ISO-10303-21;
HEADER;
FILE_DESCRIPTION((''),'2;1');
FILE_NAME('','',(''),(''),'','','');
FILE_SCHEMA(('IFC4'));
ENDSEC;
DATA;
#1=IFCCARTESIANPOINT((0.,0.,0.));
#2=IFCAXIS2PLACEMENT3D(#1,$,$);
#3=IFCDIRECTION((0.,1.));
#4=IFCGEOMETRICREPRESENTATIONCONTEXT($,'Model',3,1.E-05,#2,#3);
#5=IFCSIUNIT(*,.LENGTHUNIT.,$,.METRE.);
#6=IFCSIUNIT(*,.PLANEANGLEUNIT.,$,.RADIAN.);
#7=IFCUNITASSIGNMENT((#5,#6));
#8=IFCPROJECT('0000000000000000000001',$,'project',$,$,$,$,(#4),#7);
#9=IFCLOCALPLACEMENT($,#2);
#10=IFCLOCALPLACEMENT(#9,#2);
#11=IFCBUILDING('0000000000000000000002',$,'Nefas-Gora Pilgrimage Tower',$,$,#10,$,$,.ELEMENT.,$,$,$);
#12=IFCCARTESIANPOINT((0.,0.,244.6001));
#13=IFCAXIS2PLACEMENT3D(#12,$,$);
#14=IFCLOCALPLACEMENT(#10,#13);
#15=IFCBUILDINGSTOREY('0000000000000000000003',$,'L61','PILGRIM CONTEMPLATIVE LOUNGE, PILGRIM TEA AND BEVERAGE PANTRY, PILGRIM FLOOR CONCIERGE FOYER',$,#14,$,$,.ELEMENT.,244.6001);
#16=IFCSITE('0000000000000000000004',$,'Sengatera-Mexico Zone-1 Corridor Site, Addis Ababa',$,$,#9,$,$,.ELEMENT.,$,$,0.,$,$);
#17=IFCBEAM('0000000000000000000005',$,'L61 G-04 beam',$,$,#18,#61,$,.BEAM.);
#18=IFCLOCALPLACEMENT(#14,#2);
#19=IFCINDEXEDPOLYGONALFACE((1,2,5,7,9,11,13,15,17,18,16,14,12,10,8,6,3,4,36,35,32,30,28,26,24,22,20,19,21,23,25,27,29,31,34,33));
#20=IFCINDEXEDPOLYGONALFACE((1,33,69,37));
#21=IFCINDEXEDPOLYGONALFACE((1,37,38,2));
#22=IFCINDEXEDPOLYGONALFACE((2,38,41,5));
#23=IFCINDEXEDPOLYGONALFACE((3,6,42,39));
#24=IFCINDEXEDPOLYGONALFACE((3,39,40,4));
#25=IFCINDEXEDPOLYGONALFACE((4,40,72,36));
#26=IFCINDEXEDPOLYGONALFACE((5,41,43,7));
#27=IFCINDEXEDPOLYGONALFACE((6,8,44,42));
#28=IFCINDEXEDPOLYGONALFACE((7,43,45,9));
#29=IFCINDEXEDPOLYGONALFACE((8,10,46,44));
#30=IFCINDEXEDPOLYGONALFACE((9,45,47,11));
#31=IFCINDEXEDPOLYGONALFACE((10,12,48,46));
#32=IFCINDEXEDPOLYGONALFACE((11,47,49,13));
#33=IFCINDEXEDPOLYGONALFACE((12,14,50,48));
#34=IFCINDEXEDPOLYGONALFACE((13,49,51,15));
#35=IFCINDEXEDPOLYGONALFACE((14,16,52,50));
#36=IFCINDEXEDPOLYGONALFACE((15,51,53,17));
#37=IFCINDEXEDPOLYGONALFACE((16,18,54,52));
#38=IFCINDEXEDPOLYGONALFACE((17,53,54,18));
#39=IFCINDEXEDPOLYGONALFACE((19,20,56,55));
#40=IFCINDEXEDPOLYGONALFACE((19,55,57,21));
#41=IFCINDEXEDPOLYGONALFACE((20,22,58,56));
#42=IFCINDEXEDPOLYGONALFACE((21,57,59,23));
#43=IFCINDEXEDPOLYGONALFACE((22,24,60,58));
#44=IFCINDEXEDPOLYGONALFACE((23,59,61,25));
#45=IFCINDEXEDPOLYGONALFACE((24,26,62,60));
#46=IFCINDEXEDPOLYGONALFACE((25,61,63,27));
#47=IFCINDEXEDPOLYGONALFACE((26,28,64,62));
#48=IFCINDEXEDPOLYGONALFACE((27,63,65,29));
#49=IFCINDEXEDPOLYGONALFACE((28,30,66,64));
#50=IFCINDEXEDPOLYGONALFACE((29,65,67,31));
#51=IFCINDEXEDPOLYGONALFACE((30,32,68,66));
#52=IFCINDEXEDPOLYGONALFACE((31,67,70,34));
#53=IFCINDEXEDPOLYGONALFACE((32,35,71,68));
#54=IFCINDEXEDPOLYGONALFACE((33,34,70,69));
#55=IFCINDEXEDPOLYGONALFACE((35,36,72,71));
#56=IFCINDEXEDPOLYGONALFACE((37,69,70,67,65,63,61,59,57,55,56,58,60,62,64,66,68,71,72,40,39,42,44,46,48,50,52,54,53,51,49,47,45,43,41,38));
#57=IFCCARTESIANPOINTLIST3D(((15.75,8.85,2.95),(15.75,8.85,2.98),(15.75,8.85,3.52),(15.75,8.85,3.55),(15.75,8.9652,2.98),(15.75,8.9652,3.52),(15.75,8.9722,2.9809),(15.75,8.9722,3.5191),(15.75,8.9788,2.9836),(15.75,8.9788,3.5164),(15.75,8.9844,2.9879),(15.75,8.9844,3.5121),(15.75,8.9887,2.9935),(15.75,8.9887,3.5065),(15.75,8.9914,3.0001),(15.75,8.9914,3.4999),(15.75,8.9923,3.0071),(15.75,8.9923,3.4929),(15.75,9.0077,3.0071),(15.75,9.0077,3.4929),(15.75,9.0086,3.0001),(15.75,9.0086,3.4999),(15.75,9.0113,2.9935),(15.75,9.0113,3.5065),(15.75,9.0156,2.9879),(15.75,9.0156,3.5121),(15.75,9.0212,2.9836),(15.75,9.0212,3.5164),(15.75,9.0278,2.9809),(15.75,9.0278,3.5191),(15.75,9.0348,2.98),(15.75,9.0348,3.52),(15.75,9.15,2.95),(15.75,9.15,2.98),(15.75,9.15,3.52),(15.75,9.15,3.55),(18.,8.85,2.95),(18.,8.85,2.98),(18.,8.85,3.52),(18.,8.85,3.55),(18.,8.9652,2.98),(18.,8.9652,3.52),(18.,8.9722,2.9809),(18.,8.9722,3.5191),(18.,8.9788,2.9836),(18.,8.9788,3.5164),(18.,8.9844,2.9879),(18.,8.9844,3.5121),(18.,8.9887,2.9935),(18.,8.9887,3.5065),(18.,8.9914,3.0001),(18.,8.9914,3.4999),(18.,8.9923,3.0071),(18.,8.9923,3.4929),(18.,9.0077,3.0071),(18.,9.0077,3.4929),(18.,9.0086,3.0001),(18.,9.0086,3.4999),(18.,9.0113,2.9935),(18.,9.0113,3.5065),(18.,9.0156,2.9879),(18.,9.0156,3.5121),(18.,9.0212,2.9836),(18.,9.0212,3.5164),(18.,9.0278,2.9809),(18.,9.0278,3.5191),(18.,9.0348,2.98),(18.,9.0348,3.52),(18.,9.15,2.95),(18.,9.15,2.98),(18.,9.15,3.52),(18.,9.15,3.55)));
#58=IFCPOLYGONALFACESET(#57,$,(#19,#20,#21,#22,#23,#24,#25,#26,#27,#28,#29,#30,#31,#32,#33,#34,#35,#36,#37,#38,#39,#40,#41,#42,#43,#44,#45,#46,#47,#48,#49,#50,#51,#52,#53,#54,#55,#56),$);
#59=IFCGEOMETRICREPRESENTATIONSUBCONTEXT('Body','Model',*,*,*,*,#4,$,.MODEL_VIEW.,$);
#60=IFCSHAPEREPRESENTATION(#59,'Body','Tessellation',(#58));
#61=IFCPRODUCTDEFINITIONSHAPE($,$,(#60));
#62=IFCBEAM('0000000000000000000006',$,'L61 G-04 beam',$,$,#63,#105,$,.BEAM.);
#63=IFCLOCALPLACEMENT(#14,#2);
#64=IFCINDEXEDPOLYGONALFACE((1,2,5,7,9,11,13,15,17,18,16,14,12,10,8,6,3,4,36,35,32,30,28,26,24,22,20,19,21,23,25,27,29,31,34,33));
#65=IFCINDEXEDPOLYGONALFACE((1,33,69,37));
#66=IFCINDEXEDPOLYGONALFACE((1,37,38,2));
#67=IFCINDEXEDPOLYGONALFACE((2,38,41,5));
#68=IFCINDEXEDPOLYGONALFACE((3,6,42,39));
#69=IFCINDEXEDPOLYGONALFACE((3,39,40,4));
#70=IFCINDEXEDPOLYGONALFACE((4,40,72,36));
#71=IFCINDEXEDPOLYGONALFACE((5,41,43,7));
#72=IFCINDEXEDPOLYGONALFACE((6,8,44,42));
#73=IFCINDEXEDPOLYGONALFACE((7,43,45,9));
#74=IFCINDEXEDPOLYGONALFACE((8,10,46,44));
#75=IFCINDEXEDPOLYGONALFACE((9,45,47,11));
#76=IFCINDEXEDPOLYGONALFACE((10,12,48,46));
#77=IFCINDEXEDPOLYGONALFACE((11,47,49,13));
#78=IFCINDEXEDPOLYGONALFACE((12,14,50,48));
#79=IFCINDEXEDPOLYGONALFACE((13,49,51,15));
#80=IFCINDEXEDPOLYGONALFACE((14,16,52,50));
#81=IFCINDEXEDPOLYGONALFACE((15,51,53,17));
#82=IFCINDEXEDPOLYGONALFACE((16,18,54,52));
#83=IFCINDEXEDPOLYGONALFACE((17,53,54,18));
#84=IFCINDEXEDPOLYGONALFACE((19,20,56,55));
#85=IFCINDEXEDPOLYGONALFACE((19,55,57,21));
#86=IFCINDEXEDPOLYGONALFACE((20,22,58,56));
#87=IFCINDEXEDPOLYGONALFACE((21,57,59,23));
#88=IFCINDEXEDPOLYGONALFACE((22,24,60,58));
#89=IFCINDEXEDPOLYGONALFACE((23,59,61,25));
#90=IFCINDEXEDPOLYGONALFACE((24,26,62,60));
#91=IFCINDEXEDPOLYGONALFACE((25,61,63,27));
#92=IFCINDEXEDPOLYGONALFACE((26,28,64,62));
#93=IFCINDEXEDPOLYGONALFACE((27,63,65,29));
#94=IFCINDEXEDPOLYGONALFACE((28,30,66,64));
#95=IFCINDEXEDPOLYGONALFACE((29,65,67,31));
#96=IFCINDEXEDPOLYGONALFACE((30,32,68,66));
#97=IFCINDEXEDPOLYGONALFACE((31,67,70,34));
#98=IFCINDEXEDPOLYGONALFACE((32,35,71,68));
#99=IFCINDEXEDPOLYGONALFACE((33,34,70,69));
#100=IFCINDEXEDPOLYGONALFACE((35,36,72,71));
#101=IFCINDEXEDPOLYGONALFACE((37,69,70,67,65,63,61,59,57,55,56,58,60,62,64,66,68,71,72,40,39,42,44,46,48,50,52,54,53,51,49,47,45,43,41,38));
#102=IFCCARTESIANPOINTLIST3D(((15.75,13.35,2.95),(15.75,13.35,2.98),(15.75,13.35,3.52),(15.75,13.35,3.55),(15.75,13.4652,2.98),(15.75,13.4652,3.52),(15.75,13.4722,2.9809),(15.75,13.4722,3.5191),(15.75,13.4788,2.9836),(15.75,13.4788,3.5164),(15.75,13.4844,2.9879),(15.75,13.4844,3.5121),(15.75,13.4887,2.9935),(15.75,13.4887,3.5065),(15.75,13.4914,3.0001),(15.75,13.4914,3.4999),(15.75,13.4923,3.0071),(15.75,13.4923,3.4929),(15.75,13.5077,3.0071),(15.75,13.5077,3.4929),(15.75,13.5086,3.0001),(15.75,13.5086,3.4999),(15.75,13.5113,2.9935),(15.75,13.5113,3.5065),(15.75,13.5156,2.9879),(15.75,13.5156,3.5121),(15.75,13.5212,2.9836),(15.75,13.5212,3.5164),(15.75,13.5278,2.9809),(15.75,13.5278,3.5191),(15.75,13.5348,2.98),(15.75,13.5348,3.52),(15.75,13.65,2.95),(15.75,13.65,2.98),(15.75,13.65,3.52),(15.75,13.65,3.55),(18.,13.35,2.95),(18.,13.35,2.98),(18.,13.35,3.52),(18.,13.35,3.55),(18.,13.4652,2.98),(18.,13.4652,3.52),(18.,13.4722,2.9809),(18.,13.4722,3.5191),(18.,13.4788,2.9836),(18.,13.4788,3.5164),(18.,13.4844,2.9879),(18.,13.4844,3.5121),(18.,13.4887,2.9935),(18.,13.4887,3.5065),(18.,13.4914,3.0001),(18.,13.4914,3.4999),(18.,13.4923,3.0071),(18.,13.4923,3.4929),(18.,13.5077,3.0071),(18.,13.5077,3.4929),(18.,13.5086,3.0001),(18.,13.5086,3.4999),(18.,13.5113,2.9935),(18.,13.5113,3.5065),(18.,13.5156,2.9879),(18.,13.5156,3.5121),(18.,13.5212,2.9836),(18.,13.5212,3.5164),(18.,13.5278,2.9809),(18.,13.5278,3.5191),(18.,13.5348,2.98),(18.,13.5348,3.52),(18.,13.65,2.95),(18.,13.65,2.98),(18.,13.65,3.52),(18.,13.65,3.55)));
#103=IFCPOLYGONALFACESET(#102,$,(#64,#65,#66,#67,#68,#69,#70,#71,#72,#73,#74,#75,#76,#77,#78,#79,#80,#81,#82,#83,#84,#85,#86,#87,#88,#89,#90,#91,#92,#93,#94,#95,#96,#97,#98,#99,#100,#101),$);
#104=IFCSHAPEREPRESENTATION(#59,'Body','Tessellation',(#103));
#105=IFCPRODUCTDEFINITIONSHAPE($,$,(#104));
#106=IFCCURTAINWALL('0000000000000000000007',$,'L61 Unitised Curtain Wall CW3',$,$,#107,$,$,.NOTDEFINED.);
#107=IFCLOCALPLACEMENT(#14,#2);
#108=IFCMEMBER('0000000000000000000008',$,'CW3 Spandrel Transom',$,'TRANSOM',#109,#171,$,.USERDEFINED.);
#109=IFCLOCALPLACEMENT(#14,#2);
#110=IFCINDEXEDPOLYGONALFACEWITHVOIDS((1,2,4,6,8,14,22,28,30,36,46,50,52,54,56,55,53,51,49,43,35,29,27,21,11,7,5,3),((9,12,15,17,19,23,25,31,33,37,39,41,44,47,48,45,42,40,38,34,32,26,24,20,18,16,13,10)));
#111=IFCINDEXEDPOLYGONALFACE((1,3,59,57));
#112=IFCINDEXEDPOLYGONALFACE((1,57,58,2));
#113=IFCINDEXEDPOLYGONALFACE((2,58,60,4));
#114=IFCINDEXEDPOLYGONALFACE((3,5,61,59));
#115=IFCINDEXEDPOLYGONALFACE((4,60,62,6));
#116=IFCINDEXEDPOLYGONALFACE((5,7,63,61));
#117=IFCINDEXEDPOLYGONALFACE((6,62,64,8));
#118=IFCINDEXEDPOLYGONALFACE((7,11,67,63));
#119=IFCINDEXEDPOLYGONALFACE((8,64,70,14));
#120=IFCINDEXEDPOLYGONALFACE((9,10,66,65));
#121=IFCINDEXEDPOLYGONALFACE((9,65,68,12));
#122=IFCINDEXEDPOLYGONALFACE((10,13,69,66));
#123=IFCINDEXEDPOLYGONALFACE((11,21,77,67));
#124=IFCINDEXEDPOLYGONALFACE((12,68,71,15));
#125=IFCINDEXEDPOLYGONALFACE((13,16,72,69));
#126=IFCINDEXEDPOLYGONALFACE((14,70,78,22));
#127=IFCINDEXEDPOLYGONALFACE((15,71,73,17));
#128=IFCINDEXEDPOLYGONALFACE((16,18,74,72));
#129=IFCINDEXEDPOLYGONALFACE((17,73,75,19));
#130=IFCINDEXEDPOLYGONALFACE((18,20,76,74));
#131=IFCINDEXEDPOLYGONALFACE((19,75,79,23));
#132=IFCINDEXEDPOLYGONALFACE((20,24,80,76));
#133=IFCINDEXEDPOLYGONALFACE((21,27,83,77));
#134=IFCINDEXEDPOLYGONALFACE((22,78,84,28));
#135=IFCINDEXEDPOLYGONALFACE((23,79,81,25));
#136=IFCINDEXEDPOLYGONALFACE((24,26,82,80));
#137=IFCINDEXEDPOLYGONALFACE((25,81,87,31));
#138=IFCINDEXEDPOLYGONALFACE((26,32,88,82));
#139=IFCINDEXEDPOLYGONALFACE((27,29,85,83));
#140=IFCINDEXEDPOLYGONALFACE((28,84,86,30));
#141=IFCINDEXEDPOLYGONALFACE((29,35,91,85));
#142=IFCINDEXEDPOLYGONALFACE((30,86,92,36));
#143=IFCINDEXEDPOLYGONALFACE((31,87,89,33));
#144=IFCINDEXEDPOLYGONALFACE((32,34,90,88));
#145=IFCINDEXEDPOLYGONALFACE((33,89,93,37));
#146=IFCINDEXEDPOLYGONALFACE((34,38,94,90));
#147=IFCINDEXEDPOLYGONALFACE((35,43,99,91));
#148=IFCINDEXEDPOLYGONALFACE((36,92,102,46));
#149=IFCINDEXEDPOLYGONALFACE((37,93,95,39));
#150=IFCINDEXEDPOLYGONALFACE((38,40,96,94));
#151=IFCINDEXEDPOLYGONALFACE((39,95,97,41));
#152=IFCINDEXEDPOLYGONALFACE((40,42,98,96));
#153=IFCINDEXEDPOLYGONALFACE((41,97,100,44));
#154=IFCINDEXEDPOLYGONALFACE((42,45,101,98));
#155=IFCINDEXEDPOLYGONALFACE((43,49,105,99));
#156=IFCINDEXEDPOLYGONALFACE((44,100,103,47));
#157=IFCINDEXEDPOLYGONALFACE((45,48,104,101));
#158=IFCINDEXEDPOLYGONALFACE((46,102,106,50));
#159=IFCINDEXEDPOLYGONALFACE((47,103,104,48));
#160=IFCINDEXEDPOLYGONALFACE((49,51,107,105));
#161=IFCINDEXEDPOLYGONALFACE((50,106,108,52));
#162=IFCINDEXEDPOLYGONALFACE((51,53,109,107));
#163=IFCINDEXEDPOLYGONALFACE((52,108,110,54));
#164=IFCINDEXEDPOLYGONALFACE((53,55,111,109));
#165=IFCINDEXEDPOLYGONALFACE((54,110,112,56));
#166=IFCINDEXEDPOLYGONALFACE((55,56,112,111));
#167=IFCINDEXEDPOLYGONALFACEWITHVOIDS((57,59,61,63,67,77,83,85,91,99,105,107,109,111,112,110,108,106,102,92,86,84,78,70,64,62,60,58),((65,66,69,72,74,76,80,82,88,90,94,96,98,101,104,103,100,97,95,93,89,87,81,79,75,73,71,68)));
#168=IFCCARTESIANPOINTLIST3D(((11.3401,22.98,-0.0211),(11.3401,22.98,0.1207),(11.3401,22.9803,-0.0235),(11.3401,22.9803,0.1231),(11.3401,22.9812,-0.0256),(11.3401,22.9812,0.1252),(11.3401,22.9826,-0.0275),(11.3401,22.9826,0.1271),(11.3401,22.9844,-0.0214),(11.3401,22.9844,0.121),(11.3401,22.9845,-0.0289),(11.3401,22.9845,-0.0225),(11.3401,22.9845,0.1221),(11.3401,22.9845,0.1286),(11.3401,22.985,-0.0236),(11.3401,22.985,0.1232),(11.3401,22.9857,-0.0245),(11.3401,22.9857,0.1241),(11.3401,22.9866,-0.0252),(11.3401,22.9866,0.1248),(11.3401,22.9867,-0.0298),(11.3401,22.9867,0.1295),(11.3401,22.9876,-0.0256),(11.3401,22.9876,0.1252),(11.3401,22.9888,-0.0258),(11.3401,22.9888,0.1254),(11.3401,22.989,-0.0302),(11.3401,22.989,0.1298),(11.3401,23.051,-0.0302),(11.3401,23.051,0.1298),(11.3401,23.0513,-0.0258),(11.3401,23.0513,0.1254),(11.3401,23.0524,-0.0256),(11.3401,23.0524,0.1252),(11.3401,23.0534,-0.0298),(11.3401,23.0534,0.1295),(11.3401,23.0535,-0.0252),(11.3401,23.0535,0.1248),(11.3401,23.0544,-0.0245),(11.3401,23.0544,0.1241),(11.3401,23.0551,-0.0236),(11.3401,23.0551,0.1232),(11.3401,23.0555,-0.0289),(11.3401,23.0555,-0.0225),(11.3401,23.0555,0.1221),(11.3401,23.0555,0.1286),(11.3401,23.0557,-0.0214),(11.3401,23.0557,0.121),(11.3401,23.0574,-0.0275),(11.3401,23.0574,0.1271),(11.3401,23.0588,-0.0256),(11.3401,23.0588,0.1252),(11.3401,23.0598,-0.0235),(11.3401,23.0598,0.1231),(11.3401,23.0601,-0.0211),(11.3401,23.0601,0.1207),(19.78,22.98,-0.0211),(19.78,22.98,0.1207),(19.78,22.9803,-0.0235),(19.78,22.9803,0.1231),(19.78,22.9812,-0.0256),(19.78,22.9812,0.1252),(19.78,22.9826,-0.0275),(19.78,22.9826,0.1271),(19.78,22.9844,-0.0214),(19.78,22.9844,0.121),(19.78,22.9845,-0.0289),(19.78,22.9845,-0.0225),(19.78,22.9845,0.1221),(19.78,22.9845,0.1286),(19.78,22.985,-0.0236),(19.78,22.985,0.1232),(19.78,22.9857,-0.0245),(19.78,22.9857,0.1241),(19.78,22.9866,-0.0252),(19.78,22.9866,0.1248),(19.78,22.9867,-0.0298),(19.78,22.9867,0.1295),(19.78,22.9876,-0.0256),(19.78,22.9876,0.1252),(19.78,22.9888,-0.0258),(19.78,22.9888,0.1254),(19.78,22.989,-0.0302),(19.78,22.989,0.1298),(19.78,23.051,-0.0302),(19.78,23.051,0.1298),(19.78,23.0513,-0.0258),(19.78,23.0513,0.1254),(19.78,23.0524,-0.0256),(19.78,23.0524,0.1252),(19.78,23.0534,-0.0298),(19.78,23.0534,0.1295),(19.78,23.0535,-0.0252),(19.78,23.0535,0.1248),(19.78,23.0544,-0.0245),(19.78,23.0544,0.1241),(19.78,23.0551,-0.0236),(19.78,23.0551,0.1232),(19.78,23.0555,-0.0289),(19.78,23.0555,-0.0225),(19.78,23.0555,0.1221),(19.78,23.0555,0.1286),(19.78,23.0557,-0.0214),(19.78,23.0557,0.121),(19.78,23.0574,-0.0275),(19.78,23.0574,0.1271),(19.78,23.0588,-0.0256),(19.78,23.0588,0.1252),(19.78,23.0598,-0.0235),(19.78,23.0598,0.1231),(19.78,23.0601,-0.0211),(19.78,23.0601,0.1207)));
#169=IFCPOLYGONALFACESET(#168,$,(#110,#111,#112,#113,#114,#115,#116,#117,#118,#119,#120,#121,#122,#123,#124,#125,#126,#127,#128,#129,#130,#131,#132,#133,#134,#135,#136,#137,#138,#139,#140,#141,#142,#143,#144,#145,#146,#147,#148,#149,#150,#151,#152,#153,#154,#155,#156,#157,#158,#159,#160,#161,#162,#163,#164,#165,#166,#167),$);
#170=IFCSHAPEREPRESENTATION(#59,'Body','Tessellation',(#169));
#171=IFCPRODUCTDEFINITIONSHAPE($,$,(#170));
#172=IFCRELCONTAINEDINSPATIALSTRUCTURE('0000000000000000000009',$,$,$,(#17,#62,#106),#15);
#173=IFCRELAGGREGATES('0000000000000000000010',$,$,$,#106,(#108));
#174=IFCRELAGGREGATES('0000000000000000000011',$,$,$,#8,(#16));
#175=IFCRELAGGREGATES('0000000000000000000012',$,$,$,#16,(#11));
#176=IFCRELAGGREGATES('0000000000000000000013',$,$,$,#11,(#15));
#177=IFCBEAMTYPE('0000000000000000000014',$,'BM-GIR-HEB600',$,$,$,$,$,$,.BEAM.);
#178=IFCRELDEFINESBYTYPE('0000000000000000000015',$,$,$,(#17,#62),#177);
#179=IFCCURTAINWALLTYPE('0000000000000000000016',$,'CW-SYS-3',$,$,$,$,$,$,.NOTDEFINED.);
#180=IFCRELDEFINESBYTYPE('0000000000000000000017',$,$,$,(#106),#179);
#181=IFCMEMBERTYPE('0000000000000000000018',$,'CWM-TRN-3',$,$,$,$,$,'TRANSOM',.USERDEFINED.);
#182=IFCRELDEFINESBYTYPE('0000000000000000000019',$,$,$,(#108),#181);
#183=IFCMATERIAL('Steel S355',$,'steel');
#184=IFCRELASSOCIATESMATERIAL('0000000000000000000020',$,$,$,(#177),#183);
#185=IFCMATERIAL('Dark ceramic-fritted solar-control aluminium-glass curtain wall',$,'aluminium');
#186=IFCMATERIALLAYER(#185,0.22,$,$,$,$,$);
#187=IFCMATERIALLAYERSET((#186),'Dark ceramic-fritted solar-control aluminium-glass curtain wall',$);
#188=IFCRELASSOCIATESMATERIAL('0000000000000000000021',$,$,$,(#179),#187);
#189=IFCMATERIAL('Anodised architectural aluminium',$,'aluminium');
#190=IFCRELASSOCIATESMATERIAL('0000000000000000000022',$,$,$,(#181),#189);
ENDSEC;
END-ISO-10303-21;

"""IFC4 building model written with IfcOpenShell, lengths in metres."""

from ifc_helpers import new_model, si_unit, direction, frame, origin, origin_2d, place, context, subcontext, project, spatial, hollow_rectangle, i_section, extrude, source, transform, mapped, material, layer, layer_set, material_profile, profile_set, type_object, element, aggregate, save


model = new_model("IFC4")

# Units and contexts
model_context = context("Model", 3, precision=1e-05, world=origin(), true_north=direction((0.0, 1.0)))
body_context = subcontext(model_context, "Body", "Model", "MODEL_VIEW")
ifc_project = project(units=[si_unit("LENGTHUNIT", "METRE"), si_unit("PLANEANGLEUNIT", "RADIAN")], contexts=[model_context])

# Site, building, storey
site_placement = place(None, origin())
site = spatial("IfcSite", under=ifc_project, at=site_placement, Name="Sengatera-Mexico Zone-1 Corridor Site, Addis Ababa", CompositionType="ELEMENT", RefElevation=0.0)
building_placement = place(site_placement, origin())
building = spatial("IfcBuilding", under=site, at=building_placement, Name="Nefas-Gora Pilgrimage Tower", CompositionType="ELEMENT")
storey_placement = place(building_placement, frame((0.0, 0.0, 244.6001)))
storey = spatial("IfcBuildingStorey", under=building, at=storey_placement, Name="L61", Description="PILGRIM CONTEMPLATIVE LOUNGE, PILGRIM TEA AND BEVERAGE PANTRY, PILGRIM FLOOR CONCIERGE FOYER", CompositionType="ELEMENT", Elevation=244.6001)

# Beams
ifc_material_1 = material(Name="Steel S355", Category="steel")
ifc_material_profile_1 = material_profile(ifc_material_1, i_section(OverallWidth=0.3, OverallDepth=0.6001, WebThickness=0.0154, FlangeThickness=0.03, FilletRadius=0.0271, at=origin_2d()), Name="HEB 600")
ifc_profile_set_1 = profile_set([ifc_material_profile_1], Name="Steel S355")
beam_type_1 = type_object("IfcBeamType", Name="BM-GIR-HEB600", PredefinedType="BEAM", material=ifc_profile_set_1)
shared_shape_1 = source(origin(), body_context, "Body", "SweptSolid", [
    extrude(i_section(OverallWidth=0.3, OverallDepth=0.6001, WebThickness=0.0154, FlangeThickness=0.03, FilletRadius=0.0271, at=origin_2d()), origin(), (0.0, 0.0, 1.0), 2.25),
])
for number, where, z_axis, x_axis, name in (
    (1, (15.75, 9.0, 3.25), (1.0, 0.0, 0.0), (0.0, 1.0, 0.0), "L61 G-04 beam"),
    (2, (15.75, 13.5, 3.25), (1.0, 0.0, 0.0), (0.0, 1.0, 0.0), "L61 G-04 beam"),
):
    element("IfcBeam", number, at=place(storey_placement, frame(where, z_axis=z_axis, x_axis=x_axis)), inside=storey, type_object=beam_type_1, Name=name, PredefinedType="BEAM", context=body_context, shape_type="MappedRepresentation", body=[
        mapped(shared_shape_1, transform((0.0, 0.0, 0.0), x_axis=(1.0, 0.0, 0.0), y_axis=(0.0, 1.0, 0.0), z_axis=(0.0, 0.0, 1.0), scale=1.0)),
    ])

# Curtain wall, member
ifc_material_2 = material(Name="Dark ceramic-fritted solar-control aluminium-glass curtain wall", Category="aluminium")
ifc_layer_1 = layer(ifc_material_2, 0.22)
ifc_layer_set_1 = layer_set([ifc_layer_1], Name="Dark ceramic-fritted solar-control aluminium-glass curtain wall")
curtain_wall_type = type_object("IfcCurtainWallType", Name="CW-SYS-3", PredefinedType="NOTDEFINED", material=ifc_layer_set_1)
curtain_wall_1_placement = place(storey_placement, origin())
curtain_wall_1 = element("IfcCurtainWall", 3, at=curtain_wall_1_placement, inside=storey, type_object=curtain_wall_type, Name="L61 Unitised Curtain Wall CW3", PredefinedType="NOTDEFINED")
ifc_material_3 = material(Name="Anodised architectural aluminium", Category="aluminium")
ifc_material_profile_2 = material_profile(ifc_material_3, hollow_rectangle(XDim=0.0801, YDim=0.1599, WallThickness=0.0044, InnerFilletRadius=0.0044, OuterFilletRadius=0.009, at=origin_2d()), Name="ALU TRANSOM 80x160")
ifc_profile_set_2 = profile_set([ifc_material_profile_2], Name="Anodised architectural aluminium")
member_type_1 = type_object("IfcMemberType", Name="CWM-TRN-3", ElementType="TRANSOM", PredefinedType="USERDEFINED", material=ifc_profile_set_2)
shared_shape_2 = source(origin(), body_context, "Body", "SweptSolid", [
    extrude(hollow_rectangle(XDim=0.0801, YDim=0.1599, WallThickness=0.0044, InnerFilletRadius=0.0044, OuterFilletRadius=0.009, at=origin_2d()), origin(), (0.0, 0.0, 1.0), 8.4399),
])
member_1_placement = place(storey_placement, frame((19.78, 23.02, 0.0498), z_axis=(-1.0, 0.0, 0.0), x_axis=(0.0, -1.0, 0.0)))
member_1 = element("IfcMember", 4, at=member_1_placement, type_object=member_type_1, Name="CW3 Spandrel Transom", ObjectType="TRANSOM", PredefinedType="USERDEFINED", context=body_context, shape_type="MappedRepresentation", body=[
    mapped(shared_shape_2, transform((0.0, 0.0, 0.0), x_axis=(1.0, 0.0, 0.0), y_axis=(0.0, 1.0, 0.0), z_axis=(0.0, 0.0, 1.0), scale=1.0)),
])

aggregate(curtain_wall_1, [member_1])

save(model, "model.ifc")
